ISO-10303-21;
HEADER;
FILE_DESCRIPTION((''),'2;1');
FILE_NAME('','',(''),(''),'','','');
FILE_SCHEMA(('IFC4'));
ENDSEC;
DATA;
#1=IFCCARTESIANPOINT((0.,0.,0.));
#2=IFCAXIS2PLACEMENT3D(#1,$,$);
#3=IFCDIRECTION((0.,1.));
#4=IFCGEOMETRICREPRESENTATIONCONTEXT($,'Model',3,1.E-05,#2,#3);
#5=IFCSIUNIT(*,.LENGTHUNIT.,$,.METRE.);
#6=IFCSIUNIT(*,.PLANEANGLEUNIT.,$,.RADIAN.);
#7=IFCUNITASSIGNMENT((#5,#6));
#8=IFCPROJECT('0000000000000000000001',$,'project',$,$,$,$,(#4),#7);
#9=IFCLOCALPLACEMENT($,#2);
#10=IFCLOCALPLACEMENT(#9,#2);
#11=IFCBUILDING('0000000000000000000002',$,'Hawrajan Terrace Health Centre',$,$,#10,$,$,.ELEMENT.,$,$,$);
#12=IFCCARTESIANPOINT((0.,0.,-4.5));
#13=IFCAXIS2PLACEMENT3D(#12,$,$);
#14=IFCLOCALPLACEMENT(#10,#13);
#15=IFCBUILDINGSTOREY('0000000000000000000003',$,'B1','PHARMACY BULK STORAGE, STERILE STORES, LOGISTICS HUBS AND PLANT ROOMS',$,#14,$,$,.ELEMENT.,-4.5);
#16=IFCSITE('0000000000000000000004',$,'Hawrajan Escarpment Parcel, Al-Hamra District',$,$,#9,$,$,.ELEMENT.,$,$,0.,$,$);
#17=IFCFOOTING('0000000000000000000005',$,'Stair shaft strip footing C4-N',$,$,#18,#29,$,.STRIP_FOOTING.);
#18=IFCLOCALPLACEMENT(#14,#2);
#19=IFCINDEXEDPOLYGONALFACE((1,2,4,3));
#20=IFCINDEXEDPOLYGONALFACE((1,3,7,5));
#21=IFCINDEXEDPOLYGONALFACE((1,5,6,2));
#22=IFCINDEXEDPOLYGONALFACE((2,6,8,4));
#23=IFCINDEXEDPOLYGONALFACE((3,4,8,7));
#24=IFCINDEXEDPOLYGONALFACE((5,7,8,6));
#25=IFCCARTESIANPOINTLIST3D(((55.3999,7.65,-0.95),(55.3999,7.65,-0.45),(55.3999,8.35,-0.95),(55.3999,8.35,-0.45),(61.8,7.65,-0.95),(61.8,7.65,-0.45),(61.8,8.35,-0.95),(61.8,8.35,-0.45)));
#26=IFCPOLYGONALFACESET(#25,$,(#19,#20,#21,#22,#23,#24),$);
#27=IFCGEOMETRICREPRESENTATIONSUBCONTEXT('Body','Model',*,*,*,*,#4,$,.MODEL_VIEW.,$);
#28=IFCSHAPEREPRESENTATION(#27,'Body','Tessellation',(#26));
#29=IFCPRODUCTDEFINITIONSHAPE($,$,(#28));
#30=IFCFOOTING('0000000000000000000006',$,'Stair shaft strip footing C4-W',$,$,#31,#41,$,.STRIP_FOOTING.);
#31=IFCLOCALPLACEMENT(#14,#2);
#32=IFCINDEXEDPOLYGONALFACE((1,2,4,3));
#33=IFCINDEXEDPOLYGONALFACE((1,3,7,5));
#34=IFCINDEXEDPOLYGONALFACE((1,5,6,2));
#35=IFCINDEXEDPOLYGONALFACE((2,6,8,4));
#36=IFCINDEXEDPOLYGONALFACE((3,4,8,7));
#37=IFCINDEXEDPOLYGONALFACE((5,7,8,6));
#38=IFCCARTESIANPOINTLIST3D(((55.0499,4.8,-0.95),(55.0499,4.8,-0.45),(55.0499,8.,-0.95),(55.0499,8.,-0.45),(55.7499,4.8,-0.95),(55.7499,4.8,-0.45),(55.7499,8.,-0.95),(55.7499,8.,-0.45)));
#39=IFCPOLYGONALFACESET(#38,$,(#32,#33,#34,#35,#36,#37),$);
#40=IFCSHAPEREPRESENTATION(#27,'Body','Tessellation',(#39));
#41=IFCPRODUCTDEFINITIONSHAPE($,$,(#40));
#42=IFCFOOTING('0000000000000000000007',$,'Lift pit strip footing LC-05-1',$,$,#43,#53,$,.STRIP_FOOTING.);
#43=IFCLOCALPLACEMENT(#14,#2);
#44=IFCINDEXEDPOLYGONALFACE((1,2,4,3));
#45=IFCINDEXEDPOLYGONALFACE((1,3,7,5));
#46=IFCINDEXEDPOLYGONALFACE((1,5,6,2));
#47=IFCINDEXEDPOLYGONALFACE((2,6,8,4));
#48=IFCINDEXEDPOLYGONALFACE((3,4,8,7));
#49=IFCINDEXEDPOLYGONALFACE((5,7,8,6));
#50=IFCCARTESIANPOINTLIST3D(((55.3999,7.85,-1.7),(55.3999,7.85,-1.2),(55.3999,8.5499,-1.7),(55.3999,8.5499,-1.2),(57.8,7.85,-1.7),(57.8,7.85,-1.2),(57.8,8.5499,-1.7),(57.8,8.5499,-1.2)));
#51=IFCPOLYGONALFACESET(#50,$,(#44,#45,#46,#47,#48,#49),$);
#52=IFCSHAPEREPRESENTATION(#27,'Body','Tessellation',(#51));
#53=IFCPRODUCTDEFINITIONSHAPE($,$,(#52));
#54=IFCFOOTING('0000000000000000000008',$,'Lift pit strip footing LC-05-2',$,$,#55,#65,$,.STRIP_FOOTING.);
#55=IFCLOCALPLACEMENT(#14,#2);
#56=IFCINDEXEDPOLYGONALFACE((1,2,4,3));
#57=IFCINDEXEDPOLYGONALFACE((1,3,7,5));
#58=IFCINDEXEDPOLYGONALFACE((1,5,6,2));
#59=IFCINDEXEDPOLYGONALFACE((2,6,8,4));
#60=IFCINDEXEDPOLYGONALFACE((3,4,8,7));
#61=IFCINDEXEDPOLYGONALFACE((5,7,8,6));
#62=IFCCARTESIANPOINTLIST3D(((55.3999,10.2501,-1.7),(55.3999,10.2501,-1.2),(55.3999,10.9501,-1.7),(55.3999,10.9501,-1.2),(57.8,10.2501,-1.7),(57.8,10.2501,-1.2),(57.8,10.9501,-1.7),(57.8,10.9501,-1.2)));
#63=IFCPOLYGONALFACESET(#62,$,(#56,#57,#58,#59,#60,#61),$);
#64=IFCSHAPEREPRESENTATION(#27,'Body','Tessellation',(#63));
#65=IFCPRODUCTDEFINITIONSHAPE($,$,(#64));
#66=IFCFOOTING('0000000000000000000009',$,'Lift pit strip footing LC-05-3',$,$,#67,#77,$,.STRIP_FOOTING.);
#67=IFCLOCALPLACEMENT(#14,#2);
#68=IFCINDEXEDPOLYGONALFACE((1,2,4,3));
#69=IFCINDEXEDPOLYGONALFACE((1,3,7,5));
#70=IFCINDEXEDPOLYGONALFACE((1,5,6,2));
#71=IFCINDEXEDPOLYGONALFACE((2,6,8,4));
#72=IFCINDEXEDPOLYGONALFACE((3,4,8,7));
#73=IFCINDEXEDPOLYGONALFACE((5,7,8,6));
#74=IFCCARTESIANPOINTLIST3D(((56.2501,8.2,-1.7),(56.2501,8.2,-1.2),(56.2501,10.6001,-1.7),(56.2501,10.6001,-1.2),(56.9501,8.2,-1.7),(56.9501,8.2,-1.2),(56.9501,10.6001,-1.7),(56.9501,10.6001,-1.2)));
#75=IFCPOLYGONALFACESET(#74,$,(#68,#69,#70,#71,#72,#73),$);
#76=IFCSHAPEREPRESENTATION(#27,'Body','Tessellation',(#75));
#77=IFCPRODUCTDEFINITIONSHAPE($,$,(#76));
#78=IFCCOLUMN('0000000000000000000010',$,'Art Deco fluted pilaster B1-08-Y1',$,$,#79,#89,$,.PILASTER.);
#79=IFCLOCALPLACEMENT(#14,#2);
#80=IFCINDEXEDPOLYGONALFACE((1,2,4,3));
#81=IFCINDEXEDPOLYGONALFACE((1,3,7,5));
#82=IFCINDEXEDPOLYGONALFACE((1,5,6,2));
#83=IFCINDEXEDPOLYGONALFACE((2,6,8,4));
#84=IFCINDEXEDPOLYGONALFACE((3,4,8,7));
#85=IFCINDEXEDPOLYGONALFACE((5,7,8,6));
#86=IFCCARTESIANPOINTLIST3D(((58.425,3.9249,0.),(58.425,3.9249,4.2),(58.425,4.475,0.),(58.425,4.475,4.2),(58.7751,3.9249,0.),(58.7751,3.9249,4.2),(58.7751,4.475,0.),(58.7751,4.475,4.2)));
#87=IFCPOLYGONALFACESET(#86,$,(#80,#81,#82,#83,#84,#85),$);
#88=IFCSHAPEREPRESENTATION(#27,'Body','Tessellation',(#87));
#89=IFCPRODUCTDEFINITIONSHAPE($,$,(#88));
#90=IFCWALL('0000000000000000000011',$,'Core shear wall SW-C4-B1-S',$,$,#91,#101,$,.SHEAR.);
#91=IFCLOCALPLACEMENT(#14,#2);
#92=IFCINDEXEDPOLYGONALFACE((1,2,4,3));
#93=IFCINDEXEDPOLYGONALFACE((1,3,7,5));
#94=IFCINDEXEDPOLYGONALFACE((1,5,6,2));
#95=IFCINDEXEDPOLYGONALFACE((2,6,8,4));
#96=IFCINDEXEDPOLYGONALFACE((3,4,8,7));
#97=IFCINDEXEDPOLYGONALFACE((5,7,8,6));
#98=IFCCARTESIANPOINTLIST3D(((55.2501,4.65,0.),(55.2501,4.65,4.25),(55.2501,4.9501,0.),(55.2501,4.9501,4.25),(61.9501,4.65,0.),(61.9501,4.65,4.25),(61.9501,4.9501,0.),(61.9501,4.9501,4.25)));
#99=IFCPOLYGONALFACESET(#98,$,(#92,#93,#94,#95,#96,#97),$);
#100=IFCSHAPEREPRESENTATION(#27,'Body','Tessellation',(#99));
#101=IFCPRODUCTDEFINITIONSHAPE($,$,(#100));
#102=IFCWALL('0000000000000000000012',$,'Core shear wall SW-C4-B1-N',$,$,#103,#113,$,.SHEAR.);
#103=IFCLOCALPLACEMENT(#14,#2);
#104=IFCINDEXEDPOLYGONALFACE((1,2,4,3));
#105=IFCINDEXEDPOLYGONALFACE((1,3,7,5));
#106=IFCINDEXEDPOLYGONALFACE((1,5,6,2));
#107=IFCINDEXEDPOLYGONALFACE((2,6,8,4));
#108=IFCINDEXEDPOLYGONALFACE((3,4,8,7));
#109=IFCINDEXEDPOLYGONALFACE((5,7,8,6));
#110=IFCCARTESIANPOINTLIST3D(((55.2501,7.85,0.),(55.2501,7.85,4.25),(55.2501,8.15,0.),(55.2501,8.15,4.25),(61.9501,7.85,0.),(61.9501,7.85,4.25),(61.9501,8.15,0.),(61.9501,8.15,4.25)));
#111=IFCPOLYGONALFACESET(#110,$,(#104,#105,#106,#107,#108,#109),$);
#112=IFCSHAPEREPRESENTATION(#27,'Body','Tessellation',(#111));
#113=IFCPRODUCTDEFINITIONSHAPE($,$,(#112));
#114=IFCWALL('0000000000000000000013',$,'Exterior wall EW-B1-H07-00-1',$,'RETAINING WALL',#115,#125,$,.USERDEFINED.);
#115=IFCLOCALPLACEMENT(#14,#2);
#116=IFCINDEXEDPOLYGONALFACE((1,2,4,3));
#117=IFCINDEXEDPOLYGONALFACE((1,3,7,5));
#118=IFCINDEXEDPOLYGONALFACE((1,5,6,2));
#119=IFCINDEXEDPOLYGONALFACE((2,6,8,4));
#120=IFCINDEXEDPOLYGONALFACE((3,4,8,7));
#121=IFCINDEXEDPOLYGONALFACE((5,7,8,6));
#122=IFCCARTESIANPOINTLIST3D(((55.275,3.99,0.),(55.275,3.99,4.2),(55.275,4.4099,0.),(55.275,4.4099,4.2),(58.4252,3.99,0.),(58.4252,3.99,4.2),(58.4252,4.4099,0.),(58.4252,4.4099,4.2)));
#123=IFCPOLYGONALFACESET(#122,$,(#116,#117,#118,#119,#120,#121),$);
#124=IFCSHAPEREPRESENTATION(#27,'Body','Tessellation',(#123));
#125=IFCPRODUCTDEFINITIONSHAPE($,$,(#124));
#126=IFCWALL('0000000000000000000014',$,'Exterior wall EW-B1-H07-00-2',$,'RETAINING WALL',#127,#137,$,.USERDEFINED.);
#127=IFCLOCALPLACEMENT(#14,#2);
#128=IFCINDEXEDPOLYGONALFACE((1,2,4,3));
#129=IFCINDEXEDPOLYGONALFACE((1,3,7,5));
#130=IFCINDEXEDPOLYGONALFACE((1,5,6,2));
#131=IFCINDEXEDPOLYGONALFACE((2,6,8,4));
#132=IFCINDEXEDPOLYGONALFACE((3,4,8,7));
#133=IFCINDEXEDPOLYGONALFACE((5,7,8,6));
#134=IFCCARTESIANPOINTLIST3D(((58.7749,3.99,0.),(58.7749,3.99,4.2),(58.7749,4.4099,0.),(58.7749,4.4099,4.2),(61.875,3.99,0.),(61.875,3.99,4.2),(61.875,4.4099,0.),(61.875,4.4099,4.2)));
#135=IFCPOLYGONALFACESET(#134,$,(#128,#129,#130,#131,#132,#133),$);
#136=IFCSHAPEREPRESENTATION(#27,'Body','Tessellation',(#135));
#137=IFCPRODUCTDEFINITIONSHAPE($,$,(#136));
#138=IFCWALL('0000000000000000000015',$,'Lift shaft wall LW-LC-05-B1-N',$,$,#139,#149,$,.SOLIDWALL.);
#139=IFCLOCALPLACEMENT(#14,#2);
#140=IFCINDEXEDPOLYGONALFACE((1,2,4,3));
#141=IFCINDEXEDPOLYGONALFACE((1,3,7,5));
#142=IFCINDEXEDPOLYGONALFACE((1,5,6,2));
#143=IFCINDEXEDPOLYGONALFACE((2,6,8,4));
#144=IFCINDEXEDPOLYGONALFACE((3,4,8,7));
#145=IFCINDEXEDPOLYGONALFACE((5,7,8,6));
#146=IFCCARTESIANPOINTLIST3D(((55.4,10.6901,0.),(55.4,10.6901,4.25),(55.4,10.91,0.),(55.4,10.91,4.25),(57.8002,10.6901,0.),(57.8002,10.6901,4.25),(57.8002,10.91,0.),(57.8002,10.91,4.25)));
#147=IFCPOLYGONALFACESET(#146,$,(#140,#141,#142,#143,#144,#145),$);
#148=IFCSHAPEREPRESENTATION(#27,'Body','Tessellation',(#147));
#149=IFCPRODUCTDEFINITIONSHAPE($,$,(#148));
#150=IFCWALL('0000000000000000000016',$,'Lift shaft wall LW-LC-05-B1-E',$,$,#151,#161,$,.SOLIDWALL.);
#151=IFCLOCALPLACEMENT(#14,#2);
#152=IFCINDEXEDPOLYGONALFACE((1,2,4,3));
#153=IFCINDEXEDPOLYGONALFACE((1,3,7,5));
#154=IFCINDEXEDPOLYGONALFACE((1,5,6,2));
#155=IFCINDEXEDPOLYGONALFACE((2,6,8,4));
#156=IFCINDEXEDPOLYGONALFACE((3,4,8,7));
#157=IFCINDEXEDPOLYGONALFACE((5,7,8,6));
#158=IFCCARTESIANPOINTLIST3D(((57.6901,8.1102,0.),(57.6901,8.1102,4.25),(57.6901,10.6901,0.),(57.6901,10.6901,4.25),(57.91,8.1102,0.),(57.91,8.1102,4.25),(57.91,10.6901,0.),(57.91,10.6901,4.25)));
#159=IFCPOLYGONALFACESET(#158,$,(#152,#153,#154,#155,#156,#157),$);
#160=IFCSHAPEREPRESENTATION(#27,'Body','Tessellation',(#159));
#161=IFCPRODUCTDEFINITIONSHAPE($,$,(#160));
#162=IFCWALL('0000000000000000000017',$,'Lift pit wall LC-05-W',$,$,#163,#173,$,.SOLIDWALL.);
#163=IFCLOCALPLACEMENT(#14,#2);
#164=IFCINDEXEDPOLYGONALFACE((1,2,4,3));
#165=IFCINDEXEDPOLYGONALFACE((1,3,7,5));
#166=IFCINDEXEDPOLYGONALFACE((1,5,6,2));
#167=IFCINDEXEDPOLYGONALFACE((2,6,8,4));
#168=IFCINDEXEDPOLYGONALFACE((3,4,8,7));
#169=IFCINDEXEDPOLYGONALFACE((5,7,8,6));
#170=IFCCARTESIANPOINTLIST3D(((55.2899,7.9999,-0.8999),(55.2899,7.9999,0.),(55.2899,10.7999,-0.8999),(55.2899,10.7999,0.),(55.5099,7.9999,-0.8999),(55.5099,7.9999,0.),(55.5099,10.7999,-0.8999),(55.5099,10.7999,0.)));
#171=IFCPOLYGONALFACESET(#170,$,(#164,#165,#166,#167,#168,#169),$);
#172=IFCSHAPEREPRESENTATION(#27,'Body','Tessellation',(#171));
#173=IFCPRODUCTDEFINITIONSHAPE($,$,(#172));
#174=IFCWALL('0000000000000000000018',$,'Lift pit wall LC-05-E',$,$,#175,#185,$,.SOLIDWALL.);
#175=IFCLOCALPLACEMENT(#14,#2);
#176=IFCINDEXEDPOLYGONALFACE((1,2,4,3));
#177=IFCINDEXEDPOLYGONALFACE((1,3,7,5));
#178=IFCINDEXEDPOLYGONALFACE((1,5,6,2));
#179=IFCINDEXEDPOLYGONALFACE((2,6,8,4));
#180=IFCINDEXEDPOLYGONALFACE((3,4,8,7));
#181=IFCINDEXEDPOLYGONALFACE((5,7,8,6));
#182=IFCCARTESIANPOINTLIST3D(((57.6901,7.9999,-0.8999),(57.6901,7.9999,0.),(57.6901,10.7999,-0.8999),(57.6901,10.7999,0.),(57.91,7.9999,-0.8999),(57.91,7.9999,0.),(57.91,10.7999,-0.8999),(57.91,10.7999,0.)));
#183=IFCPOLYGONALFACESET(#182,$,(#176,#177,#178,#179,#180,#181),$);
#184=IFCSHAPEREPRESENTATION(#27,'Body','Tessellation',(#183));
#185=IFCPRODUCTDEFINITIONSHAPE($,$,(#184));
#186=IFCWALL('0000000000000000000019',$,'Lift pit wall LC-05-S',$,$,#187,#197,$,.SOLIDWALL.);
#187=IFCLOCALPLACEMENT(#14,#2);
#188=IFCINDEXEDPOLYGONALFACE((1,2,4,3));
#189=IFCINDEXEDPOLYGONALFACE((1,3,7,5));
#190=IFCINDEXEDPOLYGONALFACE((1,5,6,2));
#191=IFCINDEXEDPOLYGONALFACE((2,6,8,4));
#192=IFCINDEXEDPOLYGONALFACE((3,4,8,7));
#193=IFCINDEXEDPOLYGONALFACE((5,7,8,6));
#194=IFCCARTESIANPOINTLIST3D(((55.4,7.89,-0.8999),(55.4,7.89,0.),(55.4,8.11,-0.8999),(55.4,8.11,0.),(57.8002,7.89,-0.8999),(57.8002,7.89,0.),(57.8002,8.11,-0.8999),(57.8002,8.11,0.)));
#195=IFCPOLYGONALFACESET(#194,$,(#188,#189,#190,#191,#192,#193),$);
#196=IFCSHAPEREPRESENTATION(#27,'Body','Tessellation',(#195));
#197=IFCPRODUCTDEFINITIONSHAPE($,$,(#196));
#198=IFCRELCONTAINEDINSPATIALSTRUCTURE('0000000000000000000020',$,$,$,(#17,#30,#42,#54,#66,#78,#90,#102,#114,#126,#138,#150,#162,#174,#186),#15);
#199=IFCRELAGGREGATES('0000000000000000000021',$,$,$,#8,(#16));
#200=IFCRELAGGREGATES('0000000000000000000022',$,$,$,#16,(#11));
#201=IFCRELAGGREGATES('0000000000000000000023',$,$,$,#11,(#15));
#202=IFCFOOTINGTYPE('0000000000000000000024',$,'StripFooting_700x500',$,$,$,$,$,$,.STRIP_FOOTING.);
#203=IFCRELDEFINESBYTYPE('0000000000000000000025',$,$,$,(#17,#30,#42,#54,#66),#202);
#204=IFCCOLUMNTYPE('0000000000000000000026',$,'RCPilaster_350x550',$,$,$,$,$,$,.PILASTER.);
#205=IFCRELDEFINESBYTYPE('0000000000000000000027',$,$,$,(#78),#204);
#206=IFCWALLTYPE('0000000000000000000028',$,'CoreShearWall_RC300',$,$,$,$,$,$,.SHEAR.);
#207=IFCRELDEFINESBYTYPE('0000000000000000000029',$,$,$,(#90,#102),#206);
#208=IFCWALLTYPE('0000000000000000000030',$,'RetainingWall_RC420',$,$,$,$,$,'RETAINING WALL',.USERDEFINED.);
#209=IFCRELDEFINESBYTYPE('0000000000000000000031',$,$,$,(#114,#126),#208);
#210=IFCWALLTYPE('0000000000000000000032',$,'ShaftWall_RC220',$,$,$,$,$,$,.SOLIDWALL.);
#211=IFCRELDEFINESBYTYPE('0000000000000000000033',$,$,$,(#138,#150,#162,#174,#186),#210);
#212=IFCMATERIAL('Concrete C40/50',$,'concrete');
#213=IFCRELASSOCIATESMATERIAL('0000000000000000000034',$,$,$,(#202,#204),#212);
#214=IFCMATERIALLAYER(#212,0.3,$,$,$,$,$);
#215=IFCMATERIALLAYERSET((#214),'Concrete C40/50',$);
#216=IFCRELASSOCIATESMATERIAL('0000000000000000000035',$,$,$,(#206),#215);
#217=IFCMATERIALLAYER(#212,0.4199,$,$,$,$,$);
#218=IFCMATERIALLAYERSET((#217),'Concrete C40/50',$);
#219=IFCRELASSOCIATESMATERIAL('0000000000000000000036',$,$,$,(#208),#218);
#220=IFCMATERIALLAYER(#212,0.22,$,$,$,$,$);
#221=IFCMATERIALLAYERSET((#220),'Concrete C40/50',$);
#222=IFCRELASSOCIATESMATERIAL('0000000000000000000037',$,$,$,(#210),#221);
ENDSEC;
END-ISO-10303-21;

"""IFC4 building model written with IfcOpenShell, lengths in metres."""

from ifc_helpers import new_model, si_unit, direction, frame, frame_2d, origin, origin_2d, place, context, subcontext, project, spatial, rectangle, extrude, material, layer, layer_set, material_profile, profile_set, type_object, element, save


model = new_model("IFC4")

# Units and contexts
model_context = context("Model", 3, precision=1e-05, world=origin(), true_north=direction((0.0, 1.0)))
body_context = subcontext(model_context, "Body", "Model", "MODEL_VIEW")
ifc_project = project(units=[si_unit("LENGTHUNIT", "METRE"), si_unit("PLANEANGLEUNIT", "RADIAN")], contexts=[model_context])

# Site, building, storey
site_placement = place(None, origin())
site = spatial("IfcSite", under=ifc_project, at=site_placement, Name="Hawrajan Escarpment Parcel, Al-Hamra District", CompositionType="ELEMENT", RefElevation=0.0)
building_placement = place(site_placement, origin())
building = spatial("IfcBuilding", under=site, at=building_placement, Name="Hawrajan Terrace Health Centre", CompositionType="ELEMENT")
storey_placement = place(building_placement, frame((0.0, 0.0, -4.5)))
storey = spatial("IfcBuildingStorey", under=building, at=storey_placement, Name="B1", Description="PHARMACY BULK STORAGE, STERILE STORES, LOGISTICS HUBS AND PLANT ROOMS", CompositionType="ELEMENT", Elevation=-4.5)

# Shared definitions
ifc_material_1 = material(Name="Concrete C40/50", Category="concrete")

# Footings
ifc_material_profile_1 = material_profile(ifc_material_1, rectangle(XDim=0.7, YDim=0.5, at=origin_2d()), Name="RC STRIP 700x500")
ifc_profile_set_1 = profile_set([ifc_material_profile_1], Name="Concrete C40/50")
footing_type_1 = type_object("IfcFootingType", Name="StripFooting_700x500", PredefinedType="STRIP_FOOTING", material=ifc_profile_set_1)
for number, where, z_axis, x_axis, name in (
    (1, (55.3999, 8.0, -0.7), (1.0, 0.0, 0.0), (0.0, 1.0, 0.0), "Stair shaft strip footing C4-N"),
):
    element("IfcFooting", number, at=place(storey_placement, frame(where, z_axis=z_axis, x_axis=x_axis)), inside=storey, type_object=footing_type_1, Name=name, PredefinedType="STRIP_FOOTING", context=body_context, shape_type="SweptSolid", body=[
        extrude(rectangle(XDim=0.7, YDim=0.5, at=origin_2d()), origin(), (0.0, 0.0, 1.0), 6.4001),
    ])
footing_1_placement = place(storey_placement, frame((55.3999, 4.8, -0.7), z_axis=(0.0, 1.0, 0.0), x_axis=(-1.0, 0.0, 0.0)))
element("IfcFooting", 2, at=footing_1_placement, inside=storey, type_object=footing_type_1, Name="Stair shaft strip footing C4-W", PredefinedType="STRIP_FOOTING", context=body_context, shape_type="SweptSolid", body=[
    extrude(rectangle(XDim=0.7, YDim=0.5, at=origin_2d()), origin(), (0.0, 0.0, 1.0), 3.2),
])
for number, where, z_axis, x_axis, name in (
    (3, (55.3999, 8.2, -1.45), (1.0, 0.0, 0.0), (0.0, 1.0, 0.0), "Lift pit strip footing LC-05-1"),
    (4, (55.3999, 10.6001, -1.45), (1.0, 0.0, 0.0), (0.0, 1.0, 0.0), "Lift pit strip footing LC-05-2"),
    (5, (56.6001, 8.2, -1.45), (0.0, 1.0, 0.0), (-1.0, 0.0, 0.0), "Lift pit strip footing LC-05-3"),
):
    element("IfcFooting", number, at=place(storey_placement, frame(where, z_axis=z_axis, x_axis=x_axis)), inside=storey, type_object=footing_type_1, Name=name, PredefinedType="STRIP_FOOTING", context=body_context, shape_type="SweptSolid", body=[
        extrude(rectangle(XDim=0.7, YDim=0.5, at=origin_2d()), origin(), (0.0, 0.0, 1.0), 2.4001),
    ])

# Column
ifc_material_profile_2 = material_profile(ifc_material_1, rectangle(XDim=0.3501, YDim=0.55, at=origin_2d()), Name="RC PIL 350x550")
ifc_profile_set_2 = profile_set([ifc_material_profile_2], Name="Concrete C40/50")
column_type = type_object("IfcColumnType", Name="RCPilaster_350x550", PredefinedType="PILASTER", material=ifc_profile_set_2)
column_placement = place(storey_placement, frame((58.6001, 4.2, 0.0), z_axis=(0.0, 0.0, 1.0), x_axis=(1.0, 0.0, 0.0)))
element("IfcColumn", 6, at=column_placement, inside=storey, type_object=column_type, Name="Art Deco fluted pilaster B1-08-Y1", PredefinedType="PILASTER", context=body_context, shape_type="SweptSolid", body=[
    extrude(rectangle(XDim=0.3501, YDim=0.55, at=origin_2d()), origin(), (0.0, 0.0, 1.0), 4.2),
])

# Walls
ifc_layer_1 = layer(ifc_material_1, 0.3)
ifc_layer_set_1 = layer_set([ifc_layer_1], Name="Concrete C40/50")
wall_type_1 = type_object("IfcWallType", Name="CoreShearWall_RC300", PredefinedType="SHEAR", material=ifc_layer_set_1)
for number, where, z_axis, x_axis, name in (
    (7, (55.25, 4.8, 0.0), (0.0, 0.0, 1.0), (1.0, 0.0, 0.0), "Core shear wall SW-C4-B1-S"),
    (8, (55.25, 8.0, 0.0), (0.0, 0.0, 1.0), (1.0, 0.0, 0.0), "Core shear wall SW-C4-B1-N"),
):
    element("IfcWall", number, at=place(storey_placement, frame(where, z_axis=z_axis, x_axis=x_axis)), inside=storey, type_object=wall_type_1, Name=name, PredefinedType="SHEAR", context=body_context, shape_type="SweptSolid", body=[
        extrude(rectangle(XDim=6.7, YDim=0.3, at=frame_2d((3.3501, 0.0))), origin(), (0.0, 0.0, 1.0), 4.25),
    ])

# Walls
ifc_layer_2 = layer(ifc_material_1, 0.4199)
ifc_layer_set_2 = layer_set([ifc_layer_2], Name="Concrete C40/50")
wall_type_2 = type_object("IfcWallType", Name="RetainingWall_RC420", ElementType="RETAINING WALL", PredefinedType="USERDEFINED", material=ifc_layer_set_2)
wall_1_placement = place(storey_placement, frame((55.2749, 4.2, 0.0), z_axis=(0.0, 0.0, 1.0), x_axis=(1.0, 0.0, 0.0)))
element("IfcWall", 9, at=wall_1_placement, inside=storey, type_object=wall_type_2, Name="Exterior wall EW-B1-H07-00-1", ObjectType="RETAINING WALL", PredefinedType="USERDEFINED", context=body_context, shape_type="SweptSolid", body=[
    extrude(rectangle(XDim=3.1501, YDim=0.4199, at=frame_2d((1.5752, 0.0))), origin(), (0.0, 0.0, 1.0), 4.2),
])
wall_2_placement = place(storey_placement, frame((58.7749, 4.2, 0.0), z_axis=(0.0, 0.0, 1.0), x_axis=(1.0, 0.0, 0.0)))
element("IfcWall", 10, at=wall_2_placement, inside=storey, type_object=wall_type_2, Name="Exterior wall EW-B1-H07-00-2", ObjectType="RETAINING WALL", PredefinedType="USERDEFINED", context=body_context, shape_type="SweptSolid", body=[
    extrude(rectangle(XDim=3.1001, YDim=0.4199, at=frame_2d((1.55, 0.0))), origin(), (0.0, 0.0, 1.0), 4.2),
])
ifc_layer_3 = layer(ifc_material_1, 0.22)
ifc_layer_set_3 = layer_set([ifc_layer_3], Name="Concrete C40/50")
wall_type_3 = type_object("IfcWallType", Name="ShaftWall_RC220", PredefinedType="SOLIDWALL", material=ifc_layer_set_3)
wall_3_placement = place(storey_placement, frame((55.3999, 10.8, 0.0), z_axis=(0.0, 0.0, 1.0), x_axis=(1.0, 0.0, 0.0)))
element("IfcWall", 11, at=wall_3_placement, inside=storey, type_object=wall_type_3, Name="Lift shaft wall LW-LC-05-B1-N", PredefinedType="SOLIDWALL", context=body_context, shape_type="SweptSolid", body=[
    extrude(rectangle(XDim=2.4001, YDim=0.22, at=frame_2d((1.2002, 0.0))), origin(), (0.0, 0.0, 1.0), 4.25),
])

# Walls
wall_4_placement = place(storey_placement, frame((57.8, 8.1101, 0.0), z_axis=(0.0, 0.0, 1.0), x_axis=(0.0, 1.0, 0.0)))
element("IfcWall", 12, at=wall_4_placement, inside=storey, type_object=wall_type_3, Name="Lift shaft wall LW-LC-05-B1-E", PredefinedType="SOLIDWALL", context=body_context, shape_type="SweptSolid", body=[
    extrude(rectangle(XDim=2.5798, YDim=0.22, at=frame_2d((1.29, 0.0))), origin(), (0.0, 0.0, 1.0), 4.25),
])
for number, where, z_axis, x_axis, name in (
    (13, (55.3999, 8.0, -0.8999), (0.0, 0.0, 1.0), (0.0, 1.0, 0.0), "Lift pit wall LC-05-W"),
    (14, (57.8, 8.0, -0.8999), (0.0, 0.0, 1.0), (0.0, 1.0, 0.0), "Lift pit wall LC-05-E"),
):
    element("IfcWall", number, at=place(storey_placement, frame(where, z_axis=z_axis, x_axis=x_axis)), inside=storey, type_object=wall_type_3, Name=name, PredefinedType="SOLIDWALL", context=body_context, shape_type="SweptSolid", body=[
        extrude(rectangle(XDim=2.8, YDim=0.22, at=frame_2d((1.3999, 0.0))), origin(), (0.0, 0.0, 1.0), 0.8999),
    ])
for number, where, z_axis, x_axis, name in (
    (15, (55.3999, 8.0, -0.8999), (0.0, 0.0, 1.0), (1.0, 0.0, 0.0), "Lift pit wall LC-05-S"),
):
    element("IfcWall", number, at=place(storey_placement, frame(where, z_axis=z_axis, x_axis=x_axis)), inside=storey, type_object=wall_type_3, Name=name, PredefinedType="SOLIDWALL", context=body_context, shape_type="SweptSolid", body=[
        extrude(rectangle(XDim=2.4001, YDim=0.22, at=frame_2d((1.2002, 0.0))), origin(), (0.0, 0.0, 1.0), 0.8999),
    ])

save(model, "model.ifc")
